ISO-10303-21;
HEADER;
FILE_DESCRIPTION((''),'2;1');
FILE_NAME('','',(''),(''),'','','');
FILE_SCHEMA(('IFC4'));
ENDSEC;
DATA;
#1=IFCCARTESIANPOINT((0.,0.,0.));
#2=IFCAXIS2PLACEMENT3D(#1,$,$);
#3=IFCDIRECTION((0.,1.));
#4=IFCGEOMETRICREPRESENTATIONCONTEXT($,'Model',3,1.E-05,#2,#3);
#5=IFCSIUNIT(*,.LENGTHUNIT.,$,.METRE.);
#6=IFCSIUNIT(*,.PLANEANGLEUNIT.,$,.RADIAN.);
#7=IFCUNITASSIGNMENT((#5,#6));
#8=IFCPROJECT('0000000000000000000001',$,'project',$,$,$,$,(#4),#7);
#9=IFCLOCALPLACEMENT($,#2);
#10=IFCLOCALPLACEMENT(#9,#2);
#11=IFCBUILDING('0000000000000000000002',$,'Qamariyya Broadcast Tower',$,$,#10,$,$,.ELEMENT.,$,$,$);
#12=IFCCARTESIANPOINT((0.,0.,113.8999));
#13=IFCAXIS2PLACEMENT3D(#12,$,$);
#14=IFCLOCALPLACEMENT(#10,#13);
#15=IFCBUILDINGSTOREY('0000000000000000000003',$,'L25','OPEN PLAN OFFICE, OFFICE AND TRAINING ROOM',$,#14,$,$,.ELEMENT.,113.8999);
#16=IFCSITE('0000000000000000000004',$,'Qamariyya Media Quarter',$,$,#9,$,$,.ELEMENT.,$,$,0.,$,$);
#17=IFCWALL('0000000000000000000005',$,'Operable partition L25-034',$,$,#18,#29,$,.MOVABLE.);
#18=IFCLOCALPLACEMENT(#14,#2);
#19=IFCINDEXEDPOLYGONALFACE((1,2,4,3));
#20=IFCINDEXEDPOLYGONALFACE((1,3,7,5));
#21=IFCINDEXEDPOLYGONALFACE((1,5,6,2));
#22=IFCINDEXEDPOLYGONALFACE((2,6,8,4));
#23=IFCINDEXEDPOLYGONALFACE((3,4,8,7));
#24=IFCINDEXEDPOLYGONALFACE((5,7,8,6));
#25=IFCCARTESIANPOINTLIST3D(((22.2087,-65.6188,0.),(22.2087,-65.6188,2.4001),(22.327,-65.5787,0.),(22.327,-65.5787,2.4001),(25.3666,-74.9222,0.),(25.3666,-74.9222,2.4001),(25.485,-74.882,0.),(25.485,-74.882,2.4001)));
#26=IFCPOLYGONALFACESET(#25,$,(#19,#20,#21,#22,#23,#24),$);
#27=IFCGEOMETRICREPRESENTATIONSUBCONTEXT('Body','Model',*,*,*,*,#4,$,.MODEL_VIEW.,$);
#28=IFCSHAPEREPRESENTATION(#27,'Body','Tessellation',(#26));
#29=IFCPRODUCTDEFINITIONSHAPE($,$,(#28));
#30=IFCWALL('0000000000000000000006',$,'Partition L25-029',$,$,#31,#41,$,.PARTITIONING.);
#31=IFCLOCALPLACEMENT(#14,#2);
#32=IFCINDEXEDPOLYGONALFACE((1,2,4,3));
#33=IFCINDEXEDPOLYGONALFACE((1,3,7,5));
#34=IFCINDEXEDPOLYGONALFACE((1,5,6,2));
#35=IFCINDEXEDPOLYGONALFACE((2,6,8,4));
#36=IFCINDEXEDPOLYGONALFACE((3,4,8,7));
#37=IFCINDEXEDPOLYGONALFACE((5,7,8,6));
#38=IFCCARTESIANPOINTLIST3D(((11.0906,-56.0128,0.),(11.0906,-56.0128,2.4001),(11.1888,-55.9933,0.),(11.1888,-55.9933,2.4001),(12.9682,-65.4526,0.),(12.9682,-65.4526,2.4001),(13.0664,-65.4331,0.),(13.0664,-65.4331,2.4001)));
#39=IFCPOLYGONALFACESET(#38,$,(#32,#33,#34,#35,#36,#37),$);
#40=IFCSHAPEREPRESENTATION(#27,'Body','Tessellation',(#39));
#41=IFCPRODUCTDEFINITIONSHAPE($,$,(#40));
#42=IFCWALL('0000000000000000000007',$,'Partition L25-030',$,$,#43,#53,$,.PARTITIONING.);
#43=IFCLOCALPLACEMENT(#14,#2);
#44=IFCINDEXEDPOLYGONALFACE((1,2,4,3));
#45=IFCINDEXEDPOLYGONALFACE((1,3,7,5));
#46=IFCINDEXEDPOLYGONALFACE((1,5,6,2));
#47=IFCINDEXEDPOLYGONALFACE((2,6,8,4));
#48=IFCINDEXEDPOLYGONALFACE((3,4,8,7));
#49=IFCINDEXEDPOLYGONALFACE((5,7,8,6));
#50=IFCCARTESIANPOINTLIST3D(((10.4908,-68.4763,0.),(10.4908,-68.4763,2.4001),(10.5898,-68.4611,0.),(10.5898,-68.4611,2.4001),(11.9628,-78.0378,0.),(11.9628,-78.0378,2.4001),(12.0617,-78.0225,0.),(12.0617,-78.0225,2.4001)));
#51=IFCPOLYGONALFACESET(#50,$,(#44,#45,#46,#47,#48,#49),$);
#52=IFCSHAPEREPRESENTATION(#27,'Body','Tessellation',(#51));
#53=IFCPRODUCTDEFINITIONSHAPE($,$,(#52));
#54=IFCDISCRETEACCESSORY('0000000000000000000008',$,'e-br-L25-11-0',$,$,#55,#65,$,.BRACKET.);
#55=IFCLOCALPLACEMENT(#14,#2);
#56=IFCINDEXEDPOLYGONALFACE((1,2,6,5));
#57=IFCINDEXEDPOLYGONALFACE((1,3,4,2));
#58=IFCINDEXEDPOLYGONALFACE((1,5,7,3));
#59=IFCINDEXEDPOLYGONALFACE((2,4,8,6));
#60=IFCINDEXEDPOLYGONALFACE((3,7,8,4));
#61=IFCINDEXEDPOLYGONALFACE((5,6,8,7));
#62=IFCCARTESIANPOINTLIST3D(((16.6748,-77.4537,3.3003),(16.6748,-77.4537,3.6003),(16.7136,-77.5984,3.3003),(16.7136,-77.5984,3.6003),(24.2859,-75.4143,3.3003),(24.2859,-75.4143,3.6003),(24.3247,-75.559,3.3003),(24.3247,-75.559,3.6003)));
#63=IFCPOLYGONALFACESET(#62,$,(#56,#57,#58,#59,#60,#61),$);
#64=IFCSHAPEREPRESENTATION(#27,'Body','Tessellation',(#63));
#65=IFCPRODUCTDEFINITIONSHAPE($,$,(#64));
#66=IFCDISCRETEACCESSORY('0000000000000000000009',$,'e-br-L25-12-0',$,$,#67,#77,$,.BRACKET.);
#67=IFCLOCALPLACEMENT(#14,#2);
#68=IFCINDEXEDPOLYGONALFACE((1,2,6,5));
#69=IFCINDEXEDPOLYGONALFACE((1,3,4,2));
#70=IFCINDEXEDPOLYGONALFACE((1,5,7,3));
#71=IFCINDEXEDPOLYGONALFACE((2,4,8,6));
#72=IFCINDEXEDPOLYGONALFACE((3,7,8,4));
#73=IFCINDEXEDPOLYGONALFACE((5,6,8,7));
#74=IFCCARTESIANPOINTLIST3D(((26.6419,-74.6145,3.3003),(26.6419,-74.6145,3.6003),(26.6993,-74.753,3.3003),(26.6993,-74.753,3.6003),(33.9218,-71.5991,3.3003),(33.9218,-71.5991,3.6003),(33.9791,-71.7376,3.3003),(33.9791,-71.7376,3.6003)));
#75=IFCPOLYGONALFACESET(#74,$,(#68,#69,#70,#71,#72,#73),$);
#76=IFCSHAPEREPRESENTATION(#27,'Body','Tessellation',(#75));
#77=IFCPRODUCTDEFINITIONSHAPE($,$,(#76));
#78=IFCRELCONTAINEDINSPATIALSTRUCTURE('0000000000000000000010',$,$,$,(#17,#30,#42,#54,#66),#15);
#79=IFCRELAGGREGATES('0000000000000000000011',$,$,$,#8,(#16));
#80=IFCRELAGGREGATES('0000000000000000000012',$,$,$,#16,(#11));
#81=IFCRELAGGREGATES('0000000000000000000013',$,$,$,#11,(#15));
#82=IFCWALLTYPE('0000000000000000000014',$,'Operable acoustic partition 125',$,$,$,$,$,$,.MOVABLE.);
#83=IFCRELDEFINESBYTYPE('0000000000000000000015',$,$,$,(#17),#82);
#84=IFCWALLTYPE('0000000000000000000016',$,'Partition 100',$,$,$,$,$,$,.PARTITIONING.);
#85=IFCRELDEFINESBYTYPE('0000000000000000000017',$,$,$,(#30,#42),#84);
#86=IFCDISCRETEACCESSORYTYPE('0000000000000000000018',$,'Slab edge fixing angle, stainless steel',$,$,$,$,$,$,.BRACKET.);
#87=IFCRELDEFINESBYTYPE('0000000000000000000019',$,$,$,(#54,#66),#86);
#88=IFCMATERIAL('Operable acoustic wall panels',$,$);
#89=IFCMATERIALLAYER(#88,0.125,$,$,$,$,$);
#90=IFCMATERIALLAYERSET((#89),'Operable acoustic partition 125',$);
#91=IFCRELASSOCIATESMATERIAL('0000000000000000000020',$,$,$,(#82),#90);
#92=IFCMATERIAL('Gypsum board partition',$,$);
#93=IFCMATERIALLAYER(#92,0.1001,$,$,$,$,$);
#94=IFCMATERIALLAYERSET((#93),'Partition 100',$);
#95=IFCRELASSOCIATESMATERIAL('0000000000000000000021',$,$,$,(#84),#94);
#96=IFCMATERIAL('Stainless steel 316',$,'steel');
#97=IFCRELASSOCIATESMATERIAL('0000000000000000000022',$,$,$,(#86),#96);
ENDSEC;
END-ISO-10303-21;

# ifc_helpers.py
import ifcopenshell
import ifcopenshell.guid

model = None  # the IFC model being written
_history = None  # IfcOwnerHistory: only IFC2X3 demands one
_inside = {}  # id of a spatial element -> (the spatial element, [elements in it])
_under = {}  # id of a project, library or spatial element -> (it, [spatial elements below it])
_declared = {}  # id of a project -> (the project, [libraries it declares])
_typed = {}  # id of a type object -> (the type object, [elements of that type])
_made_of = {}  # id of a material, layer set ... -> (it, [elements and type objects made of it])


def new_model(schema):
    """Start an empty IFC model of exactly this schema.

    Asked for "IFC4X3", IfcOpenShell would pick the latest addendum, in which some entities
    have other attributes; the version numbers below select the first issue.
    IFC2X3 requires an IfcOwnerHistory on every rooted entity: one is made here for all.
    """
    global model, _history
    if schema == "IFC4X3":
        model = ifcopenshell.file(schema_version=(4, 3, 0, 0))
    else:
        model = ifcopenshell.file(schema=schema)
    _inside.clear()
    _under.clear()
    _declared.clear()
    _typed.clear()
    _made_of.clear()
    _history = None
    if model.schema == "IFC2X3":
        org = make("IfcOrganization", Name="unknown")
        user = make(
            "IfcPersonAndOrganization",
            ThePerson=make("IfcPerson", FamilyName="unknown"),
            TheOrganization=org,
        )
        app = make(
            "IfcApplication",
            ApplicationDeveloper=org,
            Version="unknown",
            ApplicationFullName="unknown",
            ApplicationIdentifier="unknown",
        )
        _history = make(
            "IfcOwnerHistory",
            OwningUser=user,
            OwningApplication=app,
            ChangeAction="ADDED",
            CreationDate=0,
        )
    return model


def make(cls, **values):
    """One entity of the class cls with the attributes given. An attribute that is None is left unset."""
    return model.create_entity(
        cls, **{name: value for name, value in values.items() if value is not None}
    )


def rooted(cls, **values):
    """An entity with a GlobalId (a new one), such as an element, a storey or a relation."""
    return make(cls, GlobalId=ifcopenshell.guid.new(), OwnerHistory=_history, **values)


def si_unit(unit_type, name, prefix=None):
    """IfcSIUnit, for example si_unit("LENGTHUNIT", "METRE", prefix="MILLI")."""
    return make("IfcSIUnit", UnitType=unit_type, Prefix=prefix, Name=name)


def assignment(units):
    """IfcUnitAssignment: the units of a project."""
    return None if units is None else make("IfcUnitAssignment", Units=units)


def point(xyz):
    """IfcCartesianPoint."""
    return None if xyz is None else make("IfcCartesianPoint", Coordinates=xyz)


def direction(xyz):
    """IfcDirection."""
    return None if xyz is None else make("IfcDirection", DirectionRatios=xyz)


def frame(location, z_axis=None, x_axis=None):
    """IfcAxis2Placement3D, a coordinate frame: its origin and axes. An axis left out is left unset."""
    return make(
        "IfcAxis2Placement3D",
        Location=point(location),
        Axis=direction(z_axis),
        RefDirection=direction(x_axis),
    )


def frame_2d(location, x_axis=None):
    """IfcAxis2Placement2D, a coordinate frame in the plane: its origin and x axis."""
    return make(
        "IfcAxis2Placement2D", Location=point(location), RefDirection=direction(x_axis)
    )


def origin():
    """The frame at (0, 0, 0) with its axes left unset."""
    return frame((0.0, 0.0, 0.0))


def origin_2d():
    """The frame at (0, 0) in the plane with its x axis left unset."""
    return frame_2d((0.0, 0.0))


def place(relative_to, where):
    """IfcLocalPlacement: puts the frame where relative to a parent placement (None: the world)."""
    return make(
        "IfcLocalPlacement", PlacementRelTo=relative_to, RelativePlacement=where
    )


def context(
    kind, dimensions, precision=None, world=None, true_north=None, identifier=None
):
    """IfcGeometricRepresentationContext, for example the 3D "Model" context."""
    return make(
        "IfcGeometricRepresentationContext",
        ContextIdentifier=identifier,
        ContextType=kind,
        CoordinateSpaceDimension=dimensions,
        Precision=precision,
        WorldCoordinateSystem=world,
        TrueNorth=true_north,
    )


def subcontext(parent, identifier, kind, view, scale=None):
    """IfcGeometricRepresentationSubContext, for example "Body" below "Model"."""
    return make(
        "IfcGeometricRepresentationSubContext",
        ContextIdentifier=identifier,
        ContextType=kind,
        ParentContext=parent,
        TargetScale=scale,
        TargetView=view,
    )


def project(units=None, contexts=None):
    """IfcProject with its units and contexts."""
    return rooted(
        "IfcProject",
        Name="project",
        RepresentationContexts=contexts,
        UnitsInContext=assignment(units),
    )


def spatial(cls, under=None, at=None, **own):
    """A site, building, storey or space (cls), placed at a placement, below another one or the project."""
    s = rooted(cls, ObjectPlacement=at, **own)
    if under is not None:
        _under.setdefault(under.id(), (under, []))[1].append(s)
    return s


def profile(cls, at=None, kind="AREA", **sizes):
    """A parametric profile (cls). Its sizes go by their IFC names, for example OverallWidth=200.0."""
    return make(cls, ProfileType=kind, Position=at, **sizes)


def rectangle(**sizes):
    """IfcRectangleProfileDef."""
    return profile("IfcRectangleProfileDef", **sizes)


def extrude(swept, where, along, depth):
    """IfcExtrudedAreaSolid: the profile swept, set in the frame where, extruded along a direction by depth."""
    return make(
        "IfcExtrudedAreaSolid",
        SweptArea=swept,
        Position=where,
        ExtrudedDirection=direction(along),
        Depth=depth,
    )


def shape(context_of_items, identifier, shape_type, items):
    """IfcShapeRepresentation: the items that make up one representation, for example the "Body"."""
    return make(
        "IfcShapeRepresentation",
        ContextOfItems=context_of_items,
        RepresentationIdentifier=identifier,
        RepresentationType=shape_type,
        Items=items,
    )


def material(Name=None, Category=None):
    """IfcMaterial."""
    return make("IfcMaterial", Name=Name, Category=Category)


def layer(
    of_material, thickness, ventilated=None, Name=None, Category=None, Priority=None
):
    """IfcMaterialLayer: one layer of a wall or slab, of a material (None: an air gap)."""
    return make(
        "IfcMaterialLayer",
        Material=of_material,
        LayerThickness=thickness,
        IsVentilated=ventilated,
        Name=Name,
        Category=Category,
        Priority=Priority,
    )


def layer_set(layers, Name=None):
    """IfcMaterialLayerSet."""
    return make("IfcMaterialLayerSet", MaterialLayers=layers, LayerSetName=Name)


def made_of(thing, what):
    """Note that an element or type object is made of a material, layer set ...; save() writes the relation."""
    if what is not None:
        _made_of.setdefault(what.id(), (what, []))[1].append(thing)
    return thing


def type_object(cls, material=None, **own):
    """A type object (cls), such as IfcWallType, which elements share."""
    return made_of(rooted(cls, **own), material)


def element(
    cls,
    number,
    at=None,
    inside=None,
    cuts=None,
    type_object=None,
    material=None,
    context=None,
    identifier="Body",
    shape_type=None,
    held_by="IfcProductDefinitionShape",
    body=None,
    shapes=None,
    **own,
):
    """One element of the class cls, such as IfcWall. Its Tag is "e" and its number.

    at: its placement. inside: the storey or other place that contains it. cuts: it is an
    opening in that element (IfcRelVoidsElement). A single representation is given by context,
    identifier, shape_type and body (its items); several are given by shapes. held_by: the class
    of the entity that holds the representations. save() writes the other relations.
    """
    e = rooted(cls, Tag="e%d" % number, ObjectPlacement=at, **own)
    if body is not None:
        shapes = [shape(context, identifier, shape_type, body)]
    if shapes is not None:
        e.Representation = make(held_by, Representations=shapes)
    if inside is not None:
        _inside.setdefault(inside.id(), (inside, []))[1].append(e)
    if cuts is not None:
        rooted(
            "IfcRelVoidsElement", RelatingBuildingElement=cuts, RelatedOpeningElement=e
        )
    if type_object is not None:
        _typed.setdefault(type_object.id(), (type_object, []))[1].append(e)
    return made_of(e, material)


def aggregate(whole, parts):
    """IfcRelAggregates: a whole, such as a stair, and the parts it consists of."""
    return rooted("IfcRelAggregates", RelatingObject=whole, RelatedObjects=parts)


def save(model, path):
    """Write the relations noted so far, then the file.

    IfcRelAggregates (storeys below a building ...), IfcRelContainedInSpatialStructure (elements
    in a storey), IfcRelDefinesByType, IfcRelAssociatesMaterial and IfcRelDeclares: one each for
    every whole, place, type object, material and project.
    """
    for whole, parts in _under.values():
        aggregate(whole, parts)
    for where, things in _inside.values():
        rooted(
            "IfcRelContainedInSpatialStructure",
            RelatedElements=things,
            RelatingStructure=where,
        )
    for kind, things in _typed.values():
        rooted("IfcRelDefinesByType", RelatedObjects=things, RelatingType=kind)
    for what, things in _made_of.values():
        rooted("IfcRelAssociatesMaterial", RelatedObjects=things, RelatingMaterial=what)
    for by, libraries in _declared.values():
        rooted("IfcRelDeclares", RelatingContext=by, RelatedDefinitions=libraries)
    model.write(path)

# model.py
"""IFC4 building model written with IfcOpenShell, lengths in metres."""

from ifc_helpers import new_model, si_unit, direction, frame, frame_2d, origin, origin_2d, place, context, subcontext, project, spatial, rectangle, extrude, material, layer, layer_set, type_object, element, save


model = new_model("IFC4")

# Units and contexts
model_context = context("Model", 3, precision=1e-05, world=origin(), true_north=direction((0.0, 1.0)))
body_context = subcontext(model_context, "Body", "Model", "MODEL_VIEW")
ifc_project = project(units=[si_unit("LENGTHUNIT", "METRE"), si_unit("PLANEANGLEUNIT", "RADIAN")], contexts=[model_context])

# Site, building, storey
site_placement = place(None, origin())
site = spatial("IfcSite", under=ifc_project, at=site_placement, Name="Qamariyya Media Quarter", CompositionType="ELEMENT", RefElevation=0.0)
building_placement = place(site_placement, origin())
building = spatial("IfcBuilding", under=site, at=building_placement, Name="Qamariyya Broadcast Tower", CompositionType="ELEMENT")
storey_placement = place(building_placement, frame((0.0, 0.0, 113.8999)))
storey = spatial("IfcBuildingStorey", under=building, at=storey_placement, Name="L25", Description="OPEN PLAN OFFICE, OFFICE AND TRAINING ROOM", CompositionType="ELEMENT", Elevation=113.8999)

# Shared definitions
ifc_material_1 = material(Name="Gypsum board partition")

# Walls
ifc_material_2 = material(Name="Operable acoustic wall panels")
ifc_layer_1 = layer(ifc_material_2, 0.125)
ifc_layer_set_1 = layer_set([ifc_layer_1], Name="Operable acoustic partition 125")
wall_type_1 = type_object("IfcWallType", Name="Operable acoustic partition 125", PredefinedType="MOVABLE", material=ifc_layer_set_1)
wall_1_placement = place(storey_placement, frame((25.4258, -74.9021, 0.0), z_axis=(0.0, 0.0, 1.0), x_axis=(-0.321426, 0.946935, 0.0)))
element("IfcWall", 1, at=wall_1_placement, inside=storey, type_object=wall_type_1, Name="Operable partition L25-034", PredefinedType="MOVABLE", context=body_context, shape_type="SweptSolid", body=[
    extrude(rectangle(XDim=9.8247, YDim=0.125, at=frame_2d((4.9124, 0.0))), origin(), (0.0, 0.0, 1.0), 2.4001),
])
ifc_layer_2 = layer(ifc_material_1, 0.1001)
ifc_layer_set_2 = layer_set([ifc_layer_2], Name="Partition 100")
wall_type_2 = type_object("IfcWallType", Name="Partition 100", PredefinedType="PARTITIONING", material=ifc_layer_set_2)
wall_2_placement = place(storey_placement, frame((11.1396, -56.0029, 0.0), z_axis=(0.0, 0.0, 1.0), x_axis=(0.195087, -0.980786, 0.0)))
element("IfcWall", 2, at=wall_2_placement, inside=storey, type_object=wall_type_2, Name="Partition L25-029", PredefinedType="PARTITIONING", context=body_context, shape_type="SweptSolid", body=[
    extrude(rectangle(XDim=9.6248, YDim=0.1001, at=frame_2d((4.8125, 0.0))), origin(), (0.0, 0.0, 1.0), 2.4001),
])
wall_3_placement = place(storey_placement, frame((12.0122, -78.03, 0.0), z_axis=(0.0, 0.0, 1.0), x_axis=(-0.15215, 0.988357, 0.0)))
element("IfcWall", 3, at=wall_3_placement, inside=storey, type_object=wall_type_2, Name="Partition L25-030", PredefinedType="PARTITIONING", context=body_context, shape_type="SweptSolid", body=[
    extrude(rectangle(XDim=9.6741, YDim=0.1001, at=frame_2d((4.8369, 0.0))), origin(), (0.0, 0.0, 1.0), 2.4001),
])

# Discrete accessories
ifc_material_3 = material(Name="Stainless steel 316", Category="steel")
discrete_accessory_type = type_object("IfcDiscreteAccessoryType", Name="Slab edge fixing angle, stainless steel", PredefinedType="BRACKET", material=ifc_material_3)
for number, where, z_axis, x_axis, name in (
    (4, (20.4998, -76.5063, 3.3003), (0.0, 0.0, 1.0), (0.965926, 0.258819, 0.0), "e-br-L25-11-0"),
    (5, (30.3105, -73.176, 3.3003), (0.0, 0.0, 1.0), (0.92388, 0.382683, 0.0), "e-br-L25-12-0"),
):
    element("IfcDiscreteAccessory", number, at=place(storey_placement, frame(where, z_axis=z_axis, x_axis=x_axis)), inside=storey, type_object=discrete_accessory_type, Name=name, PredefinedType="BRACKET", context=body_context, shape_type="SweptSolid", body=[
        extrude(rectangle(XDim=7.8796, YDim=0.1499, at=origin_2d()), origin(), (0.0, 0.0, 1.0), 0.3),
    ])

save(model, "model.ifc")
